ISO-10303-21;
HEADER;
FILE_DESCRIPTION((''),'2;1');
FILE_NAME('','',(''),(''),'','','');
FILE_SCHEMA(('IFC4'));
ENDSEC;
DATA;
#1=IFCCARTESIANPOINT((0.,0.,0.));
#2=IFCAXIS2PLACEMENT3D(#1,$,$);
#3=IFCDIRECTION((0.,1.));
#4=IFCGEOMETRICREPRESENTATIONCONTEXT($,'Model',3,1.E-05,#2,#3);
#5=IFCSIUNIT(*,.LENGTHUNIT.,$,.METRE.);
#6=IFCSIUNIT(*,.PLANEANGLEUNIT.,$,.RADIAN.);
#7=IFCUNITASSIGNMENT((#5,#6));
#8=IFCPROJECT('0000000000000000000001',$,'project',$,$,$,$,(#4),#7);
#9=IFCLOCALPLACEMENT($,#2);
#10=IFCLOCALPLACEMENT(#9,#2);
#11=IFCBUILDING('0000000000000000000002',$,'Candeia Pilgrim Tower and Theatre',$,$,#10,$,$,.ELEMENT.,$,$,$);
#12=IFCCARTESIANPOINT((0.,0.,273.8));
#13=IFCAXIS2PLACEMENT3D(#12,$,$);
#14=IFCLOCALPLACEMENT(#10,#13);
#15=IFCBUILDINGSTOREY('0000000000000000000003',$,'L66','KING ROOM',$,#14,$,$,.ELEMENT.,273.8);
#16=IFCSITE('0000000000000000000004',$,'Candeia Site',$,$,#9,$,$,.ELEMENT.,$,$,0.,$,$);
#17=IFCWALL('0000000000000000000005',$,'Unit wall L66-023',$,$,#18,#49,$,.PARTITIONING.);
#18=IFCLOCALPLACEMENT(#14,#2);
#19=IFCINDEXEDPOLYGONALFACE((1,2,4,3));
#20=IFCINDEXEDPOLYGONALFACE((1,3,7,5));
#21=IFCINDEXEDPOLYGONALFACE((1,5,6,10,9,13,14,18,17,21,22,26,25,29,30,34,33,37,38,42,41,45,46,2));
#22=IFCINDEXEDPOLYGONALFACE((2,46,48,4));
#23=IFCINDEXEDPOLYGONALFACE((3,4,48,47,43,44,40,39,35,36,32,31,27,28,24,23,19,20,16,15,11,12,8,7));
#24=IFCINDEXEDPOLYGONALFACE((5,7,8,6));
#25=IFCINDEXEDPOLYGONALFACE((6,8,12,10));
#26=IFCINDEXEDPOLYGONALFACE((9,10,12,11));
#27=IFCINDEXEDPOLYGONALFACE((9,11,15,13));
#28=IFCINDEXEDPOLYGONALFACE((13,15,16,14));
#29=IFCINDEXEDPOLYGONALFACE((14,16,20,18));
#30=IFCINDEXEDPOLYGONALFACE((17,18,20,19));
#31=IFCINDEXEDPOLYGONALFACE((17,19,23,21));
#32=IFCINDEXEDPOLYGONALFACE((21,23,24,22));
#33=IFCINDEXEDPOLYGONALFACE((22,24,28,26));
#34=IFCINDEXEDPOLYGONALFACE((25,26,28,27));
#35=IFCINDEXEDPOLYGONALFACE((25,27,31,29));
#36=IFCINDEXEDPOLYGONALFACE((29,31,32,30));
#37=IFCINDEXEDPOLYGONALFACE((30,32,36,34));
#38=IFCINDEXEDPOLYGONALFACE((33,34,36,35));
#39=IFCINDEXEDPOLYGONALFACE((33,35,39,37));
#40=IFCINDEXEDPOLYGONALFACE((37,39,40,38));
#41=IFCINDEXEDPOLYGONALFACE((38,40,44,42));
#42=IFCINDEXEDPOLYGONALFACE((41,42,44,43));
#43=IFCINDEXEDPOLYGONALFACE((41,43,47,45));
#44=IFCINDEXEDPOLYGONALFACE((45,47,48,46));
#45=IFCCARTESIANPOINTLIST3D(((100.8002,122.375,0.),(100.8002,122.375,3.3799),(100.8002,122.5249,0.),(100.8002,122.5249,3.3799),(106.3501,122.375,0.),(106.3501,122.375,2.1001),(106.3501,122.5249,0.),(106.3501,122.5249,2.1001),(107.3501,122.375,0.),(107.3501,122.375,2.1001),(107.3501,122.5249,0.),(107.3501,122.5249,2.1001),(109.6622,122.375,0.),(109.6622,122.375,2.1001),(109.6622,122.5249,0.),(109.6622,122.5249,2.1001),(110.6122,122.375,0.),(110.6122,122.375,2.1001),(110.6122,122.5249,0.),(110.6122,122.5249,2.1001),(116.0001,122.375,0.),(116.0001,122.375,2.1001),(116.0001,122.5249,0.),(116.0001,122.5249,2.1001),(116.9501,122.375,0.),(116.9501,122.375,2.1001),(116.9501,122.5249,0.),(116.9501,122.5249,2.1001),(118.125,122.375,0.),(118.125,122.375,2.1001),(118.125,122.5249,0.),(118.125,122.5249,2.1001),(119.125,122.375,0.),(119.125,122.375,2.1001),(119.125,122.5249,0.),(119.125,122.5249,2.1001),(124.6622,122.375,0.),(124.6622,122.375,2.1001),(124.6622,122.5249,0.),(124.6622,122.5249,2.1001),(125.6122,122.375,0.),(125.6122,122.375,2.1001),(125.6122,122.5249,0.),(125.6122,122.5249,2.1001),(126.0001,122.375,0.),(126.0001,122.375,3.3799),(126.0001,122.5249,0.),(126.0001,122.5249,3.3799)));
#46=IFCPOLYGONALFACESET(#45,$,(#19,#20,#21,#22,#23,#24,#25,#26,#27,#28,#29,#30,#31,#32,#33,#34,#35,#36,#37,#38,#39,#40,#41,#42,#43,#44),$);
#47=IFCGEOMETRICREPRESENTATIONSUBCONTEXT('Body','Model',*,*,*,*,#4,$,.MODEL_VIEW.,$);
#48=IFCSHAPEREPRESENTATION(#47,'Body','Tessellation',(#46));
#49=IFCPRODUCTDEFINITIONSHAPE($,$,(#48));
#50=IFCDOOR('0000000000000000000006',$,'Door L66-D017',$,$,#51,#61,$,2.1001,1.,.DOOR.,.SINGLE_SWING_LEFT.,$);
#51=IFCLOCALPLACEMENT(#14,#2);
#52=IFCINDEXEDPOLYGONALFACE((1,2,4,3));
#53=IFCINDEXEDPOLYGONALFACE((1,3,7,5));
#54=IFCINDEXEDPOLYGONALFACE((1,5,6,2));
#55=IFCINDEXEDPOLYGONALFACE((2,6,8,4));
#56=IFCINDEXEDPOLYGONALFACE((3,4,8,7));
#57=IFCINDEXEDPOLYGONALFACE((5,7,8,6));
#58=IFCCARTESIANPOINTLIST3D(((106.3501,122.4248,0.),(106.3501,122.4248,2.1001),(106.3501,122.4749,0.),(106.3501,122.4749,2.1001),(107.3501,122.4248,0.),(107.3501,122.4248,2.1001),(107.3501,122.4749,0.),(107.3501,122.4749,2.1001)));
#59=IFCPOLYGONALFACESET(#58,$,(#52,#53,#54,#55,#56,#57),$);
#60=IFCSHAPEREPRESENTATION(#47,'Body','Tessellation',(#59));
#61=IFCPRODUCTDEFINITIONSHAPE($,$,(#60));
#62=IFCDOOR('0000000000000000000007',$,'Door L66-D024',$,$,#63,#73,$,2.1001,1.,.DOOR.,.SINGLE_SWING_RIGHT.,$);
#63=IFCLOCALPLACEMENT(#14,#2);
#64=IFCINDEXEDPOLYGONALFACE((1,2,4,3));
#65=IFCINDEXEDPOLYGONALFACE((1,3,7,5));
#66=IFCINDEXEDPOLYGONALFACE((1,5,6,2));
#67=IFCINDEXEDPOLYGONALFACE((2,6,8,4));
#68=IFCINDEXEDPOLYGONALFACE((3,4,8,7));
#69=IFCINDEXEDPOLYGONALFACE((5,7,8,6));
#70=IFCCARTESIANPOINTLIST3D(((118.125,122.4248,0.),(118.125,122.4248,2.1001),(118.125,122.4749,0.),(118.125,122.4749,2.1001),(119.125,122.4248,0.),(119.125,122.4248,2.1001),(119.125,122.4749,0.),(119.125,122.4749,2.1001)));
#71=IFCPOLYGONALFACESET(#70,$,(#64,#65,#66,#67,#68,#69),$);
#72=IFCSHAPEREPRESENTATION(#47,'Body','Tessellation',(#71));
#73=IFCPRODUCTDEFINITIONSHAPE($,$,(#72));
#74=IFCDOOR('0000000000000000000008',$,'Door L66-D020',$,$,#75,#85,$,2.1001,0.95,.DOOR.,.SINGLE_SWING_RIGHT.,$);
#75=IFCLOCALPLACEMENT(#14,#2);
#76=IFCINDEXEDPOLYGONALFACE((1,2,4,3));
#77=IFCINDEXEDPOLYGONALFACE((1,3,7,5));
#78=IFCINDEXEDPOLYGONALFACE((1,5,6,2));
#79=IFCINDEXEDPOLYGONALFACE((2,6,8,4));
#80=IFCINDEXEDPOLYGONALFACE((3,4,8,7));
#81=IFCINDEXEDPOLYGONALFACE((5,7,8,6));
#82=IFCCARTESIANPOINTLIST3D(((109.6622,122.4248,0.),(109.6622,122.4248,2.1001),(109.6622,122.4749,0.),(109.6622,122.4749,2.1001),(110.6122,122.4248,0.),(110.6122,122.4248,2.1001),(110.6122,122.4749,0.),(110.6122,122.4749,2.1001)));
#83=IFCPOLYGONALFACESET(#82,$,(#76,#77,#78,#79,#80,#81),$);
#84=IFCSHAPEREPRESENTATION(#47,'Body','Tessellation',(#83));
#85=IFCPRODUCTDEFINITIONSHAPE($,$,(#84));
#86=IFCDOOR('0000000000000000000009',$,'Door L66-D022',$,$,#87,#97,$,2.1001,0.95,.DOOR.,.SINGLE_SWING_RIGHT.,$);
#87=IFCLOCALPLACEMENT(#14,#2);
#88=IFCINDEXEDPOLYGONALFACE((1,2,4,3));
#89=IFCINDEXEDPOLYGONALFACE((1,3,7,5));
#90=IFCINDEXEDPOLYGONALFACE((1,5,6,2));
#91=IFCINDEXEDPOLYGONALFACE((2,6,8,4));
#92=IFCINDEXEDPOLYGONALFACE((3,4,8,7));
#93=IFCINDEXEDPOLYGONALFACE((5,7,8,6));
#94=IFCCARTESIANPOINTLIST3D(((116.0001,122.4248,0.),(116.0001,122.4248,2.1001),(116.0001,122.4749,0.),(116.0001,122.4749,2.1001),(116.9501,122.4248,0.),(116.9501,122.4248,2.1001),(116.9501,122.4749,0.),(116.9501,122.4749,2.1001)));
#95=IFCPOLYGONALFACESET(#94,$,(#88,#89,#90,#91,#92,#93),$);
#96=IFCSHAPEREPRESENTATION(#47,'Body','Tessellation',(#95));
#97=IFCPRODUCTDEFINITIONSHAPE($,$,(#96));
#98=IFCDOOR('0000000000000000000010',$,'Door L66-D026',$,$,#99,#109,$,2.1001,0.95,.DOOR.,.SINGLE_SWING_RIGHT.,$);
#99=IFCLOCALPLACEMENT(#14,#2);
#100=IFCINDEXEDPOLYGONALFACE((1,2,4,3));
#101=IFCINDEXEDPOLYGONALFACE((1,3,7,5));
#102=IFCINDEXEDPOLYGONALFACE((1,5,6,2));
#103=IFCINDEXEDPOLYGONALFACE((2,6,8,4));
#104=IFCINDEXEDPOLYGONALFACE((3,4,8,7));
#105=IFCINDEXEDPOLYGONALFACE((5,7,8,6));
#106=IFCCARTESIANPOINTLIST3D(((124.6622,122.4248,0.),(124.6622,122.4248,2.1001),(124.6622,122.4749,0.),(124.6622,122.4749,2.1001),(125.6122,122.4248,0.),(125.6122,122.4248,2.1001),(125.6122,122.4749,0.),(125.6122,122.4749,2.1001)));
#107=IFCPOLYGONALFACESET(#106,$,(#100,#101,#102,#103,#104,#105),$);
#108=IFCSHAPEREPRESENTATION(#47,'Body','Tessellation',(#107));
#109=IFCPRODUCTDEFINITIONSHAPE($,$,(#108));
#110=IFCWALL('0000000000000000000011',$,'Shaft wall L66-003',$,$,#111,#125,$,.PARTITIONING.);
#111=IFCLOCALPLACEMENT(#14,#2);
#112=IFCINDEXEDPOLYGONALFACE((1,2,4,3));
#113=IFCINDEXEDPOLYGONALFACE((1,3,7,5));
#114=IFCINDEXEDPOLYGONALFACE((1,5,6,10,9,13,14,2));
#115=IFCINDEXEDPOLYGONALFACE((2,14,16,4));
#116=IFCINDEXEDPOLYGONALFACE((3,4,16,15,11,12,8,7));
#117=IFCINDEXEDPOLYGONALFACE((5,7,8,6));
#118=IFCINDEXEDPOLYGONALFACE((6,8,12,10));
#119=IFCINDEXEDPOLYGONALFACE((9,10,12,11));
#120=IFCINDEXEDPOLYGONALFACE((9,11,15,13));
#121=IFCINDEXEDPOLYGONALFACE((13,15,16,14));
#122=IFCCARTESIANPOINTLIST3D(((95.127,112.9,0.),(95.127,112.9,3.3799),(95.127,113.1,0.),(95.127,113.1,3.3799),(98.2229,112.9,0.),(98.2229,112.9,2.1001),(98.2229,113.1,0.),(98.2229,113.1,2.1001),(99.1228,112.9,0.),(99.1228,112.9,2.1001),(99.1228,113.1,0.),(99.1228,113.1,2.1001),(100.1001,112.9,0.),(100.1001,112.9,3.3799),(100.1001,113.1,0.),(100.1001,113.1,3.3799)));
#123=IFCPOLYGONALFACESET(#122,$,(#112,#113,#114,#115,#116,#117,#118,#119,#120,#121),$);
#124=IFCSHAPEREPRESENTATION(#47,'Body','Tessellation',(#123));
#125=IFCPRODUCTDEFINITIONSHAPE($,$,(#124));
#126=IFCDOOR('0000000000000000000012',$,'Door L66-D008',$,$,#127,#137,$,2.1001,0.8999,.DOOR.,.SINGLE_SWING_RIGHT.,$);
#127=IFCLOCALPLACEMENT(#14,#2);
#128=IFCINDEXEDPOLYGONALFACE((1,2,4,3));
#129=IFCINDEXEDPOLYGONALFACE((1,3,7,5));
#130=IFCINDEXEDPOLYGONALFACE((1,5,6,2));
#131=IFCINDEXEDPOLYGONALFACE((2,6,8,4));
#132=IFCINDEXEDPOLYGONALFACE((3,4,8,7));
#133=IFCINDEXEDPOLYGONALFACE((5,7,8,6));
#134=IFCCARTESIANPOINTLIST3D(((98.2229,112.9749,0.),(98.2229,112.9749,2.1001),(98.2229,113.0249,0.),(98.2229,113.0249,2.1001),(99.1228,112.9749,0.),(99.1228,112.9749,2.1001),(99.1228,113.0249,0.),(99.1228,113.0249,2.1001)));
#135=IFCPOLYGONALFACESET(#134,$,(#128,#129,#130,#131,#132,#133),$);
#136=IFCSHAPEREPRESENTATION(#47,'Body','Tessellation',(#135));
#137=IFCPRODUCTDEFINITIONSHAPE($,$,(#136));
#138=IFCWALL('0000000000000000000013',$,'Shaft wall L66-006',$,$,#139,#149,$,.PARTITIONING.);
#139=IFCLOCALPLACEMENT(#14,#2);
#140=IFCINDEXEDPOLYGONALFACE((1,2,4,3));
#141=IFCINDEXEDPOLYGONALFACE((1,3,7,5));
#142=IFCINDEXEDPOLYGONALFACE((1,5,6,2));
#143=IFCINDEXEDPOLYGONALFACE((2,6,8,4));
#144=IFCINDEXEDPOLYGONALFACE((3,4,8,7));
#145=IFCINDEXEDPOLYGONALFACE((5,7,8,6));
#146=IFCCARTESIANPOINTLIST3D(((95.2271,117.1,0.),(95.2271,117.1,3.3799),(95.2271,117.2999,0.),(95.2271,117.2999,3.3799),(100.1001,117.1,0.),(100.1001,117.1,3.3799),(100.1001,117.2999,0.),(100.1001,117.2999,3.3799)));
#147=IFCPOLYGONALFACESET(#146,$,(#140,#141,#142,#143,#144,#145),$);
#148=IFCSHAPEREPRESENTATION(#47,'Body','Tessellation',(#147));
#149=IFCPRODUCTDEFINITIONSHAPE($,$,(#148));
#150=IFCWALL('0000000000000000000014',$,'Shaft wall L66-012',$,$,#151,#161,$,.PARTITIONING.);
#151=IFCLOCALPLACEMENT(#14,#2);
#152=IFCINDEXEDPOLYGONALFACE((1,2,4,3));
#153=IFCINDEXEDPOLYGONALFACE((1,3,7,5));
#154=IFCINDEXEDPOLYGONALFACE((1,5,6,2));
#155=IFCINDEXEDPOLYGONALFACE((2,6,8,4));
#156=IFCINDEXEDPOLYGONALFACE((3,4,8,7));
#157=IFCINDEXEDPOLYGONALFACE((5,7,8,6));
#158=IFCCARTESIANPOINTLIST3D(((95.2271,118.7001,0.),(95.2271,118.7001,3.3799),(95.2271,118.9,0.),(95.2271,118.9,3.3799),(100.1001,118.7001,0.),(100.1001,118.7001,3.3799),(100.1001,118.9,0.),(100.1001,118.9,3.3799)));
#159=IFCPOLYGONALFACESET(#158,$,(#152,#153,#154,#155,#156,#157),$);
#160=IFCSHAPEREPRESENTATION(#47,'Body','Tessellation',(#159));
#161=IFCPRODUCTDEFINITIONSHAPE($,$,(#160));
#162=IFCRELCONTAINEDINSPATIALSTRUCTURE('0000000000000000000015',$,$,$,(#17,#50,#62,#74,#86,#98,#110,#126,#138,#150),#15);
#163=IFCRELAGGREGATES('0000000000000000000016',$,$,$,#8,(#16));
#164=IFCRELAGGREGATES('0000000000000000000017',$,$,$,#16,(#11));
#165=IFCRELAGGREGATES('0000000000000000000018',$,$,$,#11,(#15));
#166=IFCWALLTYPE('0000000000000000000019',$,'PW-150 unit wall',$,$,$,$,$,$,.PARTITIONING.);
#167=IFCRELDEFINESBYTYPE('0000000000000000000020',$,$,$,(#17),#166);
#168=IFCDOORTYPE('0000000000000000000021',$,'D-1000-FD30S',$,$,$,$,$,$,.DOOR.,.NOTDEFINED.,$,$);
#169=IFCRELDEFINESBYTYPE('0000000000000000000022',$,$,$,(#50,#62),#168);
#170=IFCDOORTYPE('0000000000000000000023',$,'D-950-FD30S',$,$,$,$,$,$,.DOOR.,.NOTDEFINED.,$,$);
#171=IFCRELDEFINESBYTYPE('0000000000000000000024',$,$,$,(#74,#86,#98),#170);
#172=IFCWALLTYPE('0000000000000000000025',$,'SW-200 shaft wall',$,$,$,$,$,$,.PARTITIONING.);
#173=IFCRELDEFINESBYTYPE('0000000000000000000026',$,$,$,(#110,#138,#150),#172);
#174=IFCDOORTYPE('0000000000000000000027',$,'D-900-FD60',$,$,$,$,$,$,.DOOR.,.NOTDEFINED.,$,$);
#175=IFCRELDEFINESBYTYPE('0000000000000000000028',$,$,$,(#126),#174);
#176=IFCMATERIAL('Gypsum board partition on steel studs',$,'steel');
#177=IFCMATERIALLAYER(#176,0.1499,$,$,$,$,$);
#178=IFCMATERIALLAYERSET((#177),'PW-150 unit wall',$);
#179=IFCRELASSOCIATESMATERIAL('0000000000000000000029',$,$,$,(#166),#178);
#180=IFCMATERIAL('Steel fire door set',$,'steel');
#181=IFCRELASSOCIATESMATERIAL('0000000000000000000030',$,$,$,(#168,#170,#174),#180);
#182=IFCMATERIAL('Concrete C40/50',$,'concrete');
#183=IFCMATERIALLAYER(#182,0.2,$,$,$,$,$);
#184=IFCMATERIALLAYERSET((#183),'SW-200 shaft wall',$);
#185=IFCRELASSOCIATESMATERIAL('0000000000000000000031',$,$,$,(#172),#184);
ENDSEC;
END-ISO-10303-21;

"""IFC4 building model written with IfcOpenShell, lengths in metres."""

from ifc_helpers import new_model, si_unit, direction, frame, frame_2d, origin, place, context, subcontext, project, spatial, rectangle, extrude, material, layer, layer_set, type_object, element, fill, save


model = new_model("IFC4")

# Units and contexts
model_context = context("Model", 3, precision=1e-05, world=origin(), true_north=direction((0.0, 1.0)))
body_context = subcontext(model_context, "Body", "Model", "MODEL_VIEW")
ifc_project = project(units=[si_unit("LENGTHUNIT", "METRE"), si_unit("PLANEANGLEUNIT", "RADIAN")], contexts=[model_context])

# Site, building, storey
site_placement = place(None, origin())
site = spatial("IfcSite", under=ifc_project, at=site_placement, Name="Candeia Site", CompositionType="ELEMENT", RefElevation=0.0)
building_placement = place(site_placement, origin())
building = spatial("IfcBuilding", under=site, at=building_placement, Name="Candeia Pilgrim Tower and Theatre", CompositionType="ELEMENT")
storey_placement = place(building_placement, frame((0.0, 0.0, 273.8)))
storey = spatial("IfcBuildingStorey", under=building, at=storey_placement, Name="L66", Description="KING ROOM", CompositionType="ELEMENT", Elevation=273.8)

# Shared definitions
ifc_material_1 = material(Name="Concrete C40/50", Category="concrete")

# Shared definitions
ifc_material_2 = material(Name="Gypsum board partition on steel studs", Category="steel")

# Shared definitions
ifc_material_3 = material(Name="Steel fire door set", Category="steel")

# Wall, openings, doors
ifc_layer_1 = layer(ifc_material_2, 0.1499)
ifc_layer_set_1 = layer_set([ifc_layer_1], Name="PW-150 unit wall")
wall_type_1 = type_object("IfcWallType", Name="PW-150 unit wall", PredefinedType="PARTITIONING", material=ifc_layer_set_1)
wall_1_placement = place(storey_placement, frame((100.8, 122.45, 0.0), z_axis=(0.0, 0.0, 1.0), x_axis=(1.0, 0.0, 0.0)))
wall_1 = element("IfcWall", 1, at=wall_1_placement, inside=storey, type_object=wall_type_1, Name="Unit wall L66-023", PredefinedType="PARTITIONING", context=body_context, shape_type="SweptSolid", body=[
    extrude(rectangle(XDim=25.2, YDim=0.1499, at=frame_2d((12.6001, 0.0))), origin(), (0.0, 0.0, 1.0), 3.3799),
])
opening_1_placement = place(wall_1_placement, frame((5.55, 0.0, 0.0)))
opening_1 = element("IfcOpeningElement", 2, at=opening_1_placement, cuts=wall_1, PredefinedType="OPENING", context=body_context, shape_type="SweptSolid", body=[
    extrude(rectangle(XDim=1.0, YDim=2.1001, at=frame_2d((0.5, 1.05))), frame((0.0, 0.085, 0.0), z_axis=(0.0, -1.0, 0.0), x_axis=(1.0, 0.0, 0.0)), (0.0, 0.0, 1.0), 0.1699),
])
opening_2_placement = place(wall_1_placement, frame((8.8621, 0.0, 0.0)))
opening_2 = element("IfcOpeningElement", 3, at=opening_2_placement, cuts=wall_1, PredefinedType="OPENING", context=body_context, shape_type="SweptSolid", body=[
    extrude(rectangle(XDim=0.95, YDim=2.1001, at=frame_2d((0.4751, 1.05))), frame((0.0, 0.085, 0.0), z_axis=(0.0, -1.0, 0.0), x_axis=(1.0, 0.0, 0.0)), (0.0, 0.0, 1.0), 0.1699),
])
opening_3_placement = place(wall_1_placement, frame((15.2, 0.0, 0.0)))
opening_3 = element("IfcOpeningElement", 4, at=opening_3_placement, cuts=wall_1, PredefinedType="OPENING", context=body_context, shape_type="SweptSolid", body=[
    extrude(rectangle(XDim=0.95, YDim=2.1001, at=frame_2d((0.4751, 1.05))), frame((0.0, 0.085, 0.0), z_axis=(0.0, -1.0, 0.0), x_axis=(1.0, 0.0, 0.0)), (0.0, 0.0, 1.0), 0.1699),
])
opening_4_placement = place(wall_1_placement, frame((17.325, 0.0, 0.0)))
opening_4 = element("IfcOpeningElement", 5, at=opening_4_placement, cuts=wall_1, PredefinedType="OPENING", context=body_context, shape_type="SweptSolid", body=[
    extrude(rectangle(XDim=1.0, YDim=2.1001, at=frame_2d((0.5, 1.05))), frame((0.0, 0.085, 0.0), z_axis=(0.0, -1.0, 0.0), x_axis=(1.0, 0.0, 0.0)), (0.0, 0.0, 1.0), 0.1699),
])
opening_5_placement = place(wall_1_placement, frame((23.8621, 0.0, 0.0)))
opening_5 = element("IfcOpeningElement", 6, at=opening_5_placement, cuts=wall_1, PredefinedType="OPENING", context=body_context, shape_type="SweptSolid", body=[
    extrude(rectangle(XDim=0.95, YDim=2.1001, at=frame_2d((0.4751, 1.05))), frame((0.0, 0.085, 0.0), z_axis=(0.0, -1.0, 0.0), x_axis=(1.0, 0.0, 0.0)), (0.0, 0.0, 1.0), 0.1699),
])
door_type_1 = type_object("IfcDoorType", Name="D-1000-FD30S", OperationType="NOTDEFINED", PredefinedType="DOOR", material=ifc_material_3)
door_1_placement = place(opening_1_placement, origin())
door_1 = element("IfcDoor", 7, at=door_1_placement, inside=storey, type_object=door_type_1, Name="Door L66-D017", OperationType="SINGLE_SWING_LEFT", OverallHeight=2.1001, OverallWidth=1.0, PredefinedType="DOOR", context=body_context, shape_type="SweptSolid", body=[
    extrude(rectangle(XDim=1.0, YDim=2.1001, at=frame_2d((0.5, 1.05))), frame((0.0, 0.0249, 0.0), z_axis=(0.0, -1.0, 0.0), x_axis=(1.0, 0.0, 0.0)), (0.0, 0.0, 1.0), 0.05),
])
fill(opening_1, door_1)
door_2_placement = place(opening_4_placement, origin())
door_2 = element("IfcDoor", 8, at=door_2_placement, inside=storey, type_object=door_type_1, Name="Door L66-D024", OperationType="SINGLE_SWING_RIGHT", OverallHeight=2.1001, OverallWidth=1.0, PredefinedType="DOOR", context=body_context, shape_type="SweptSolid", body=[
    extrude(rectangle(XDim=1.0, YDim=2.1001, at=frame_2d((0.5, 1.05))), frame((0.0, 0.0249, 0.0), z_axis=(0.0, -1.0, 0.0), x_axis=(1.0, 0.0, 0.0)), (0.0, 0.0, 1.0), 0.05),
])
fill(opening_4, door_2)
door_type_2 = type_object("IfcDoorType", Name="D-950-FD30S", OperationType="NOTDEFINED", PredefinedType="DOOR", material=ifc_material_3)
door_3_placement = place(opening_2_placement, origin())
door_3 = element("IfcDoor", 9, at=door_3_placement, inside=storey, type_object=door_type_2, Name="Door L66-D020", OperationType="SINGLE_SWING_RIGHT", OverallHeight=2.1001, OverallWidth=0.95, PredefinedType="DOOR", context=body_context, shape_type="SweptSolid", body=[
    extrude(rectangle(XDim=0.95, YDim=2.1001, at=frame_2d((0.4751, 1.05))), frame((0.0, 0.0249, 0.0), z_axis=(0.0, -1.0, 0.0), x_axis=(1.0, 0.0, 0.0)), (0.0, 0.0, 1.0), 0.05),
])
fill(opening_2, door_3)
door_4_placement = place(opening_3_placement, origin())
door_4 = element("IfcDoor", 10, at=door_4_placement, inside=storey, type_object=door_type_2, Name="Door L66-D022", OperationType="SINGLE_SWING_RIGHT", OverallHeight=2.1001, OverallWidth=0.95, PredefinedType="DOOR", context=body_context, shape_type="SweptSolid", body=[
    extrude(rectangle(XDim=0.95, YDim=2.1001, at=frame_2d((0.4751, 1.05))), frame((0.0, 0.0249, 0.0), z_axis=(0.0, -1.0, 0.0), x_axis=(1.0, 0.0, 0.0)), (0.0, 0.0, 1.0), 0.05),
])
fill(opening_3, door_4)
door_5_placement = place(opening_5_placement, origin())
door_5 = element("IfcDoor", 11, at=door_5_placement, inside=storey, type_object=door_type_2, Name="Door L66-D026", OperationType="SINGLE_SWING_RIGHT", OverallHeight=2.1001, OverallWidth=0.95, PredefinedType="DOOR", context=body_context, shape_type="SweptSolid", body=[
    extrude(rectangle(XDim=0.95, YDim=2.1001, at=frame_2d((0.4751, 1.05))), frame((0.0, 0.0249, 0.0), z_axis=(0.0, -1.0, 0.0), x_axis=(1.0, 0.0, 0.0)), (0.0, 0.0, 1.0), 0.05),
])
fill(opening_5, door_5)

# Wall, opening, door
ifc_layer_2 = layer(ifc_material_1, 0.2)
ifc_layer_set_2 = layer_set([ifc_layer_2], Name="SW-200 shaft wall")
wall_type_2 = type_object("IfcWallType", Name="SW-200 shaft wall", PredefinedType="PARTITIONING", material=ifc_layer_set_2)
wall_2_placement = place(storey_placement, frame((95.127, 113.0, 0.0), z_axis=(0.0, 0.0, 1.0), x_axis=(1.0, 0.0, 0.0)))
wall_2 = element("IfcWall", 12, at=wall_2_placement, inside=storey, type_object=wall_type_2, Name="Shaft wall L66-003", PredefinedType="PARTITIONING", context=body_context, shape_type="SweptSolid", body=[
    extrude(rectangle(XDim=4.9731, YDim=0.2, at=frame_2d((2.4866, 0.0))), origin(), (0.0, 0.0, 1.0), 3.3799),
])
opening_6_placement = place(wall_2_placement, frame((3.0959, 0.0, 0.0)))
opening_6 = element("IfcOpeningElement", 13, at=opening_6_placement, cuts=wall_2, PredefinedType="OPENING", context=body_context, shape_type="SweptSolid", body=[
    extrude(rectangle(XDim=0.8999, YDim=2.1001, at=frame_2d((0.45, 1.05))), frame((0.0, 0.1099, 0.0), z_axis=(0.0, -1.0, 0.0), x_axis=(1.0, 0.0, 0.0)), (0.0, 0.0, 1.0), 0.22),
])
door_type_3 = type_object("IfcDoorType", Name="D-900-FD60", OperationType="NOTDEFINED", PredefinedType="DOOR", material=ifc_material_3)
door_6_placement = place(opening_6_placement, origin())
door_6 = element("IfcDoor", 14, at=door_6_placement, inside=storey, type_object=door_type_3, Name="Door L66-D008", OperationType="SINGLE_SWING_RIGHT", OverallHeight=2.1001, OverallWidth=0.8999, PredefinedType="DOOR", context=body_context, shape_type="SweptSolid", body=[
    extrude(rectangle(XDim=0.8999, YDim=2.1001, at=frame_2d((0.45, 1.05))), frame((0.0, 0.0249, 0.0), z_axis=(0.0, -1.0, 0.0), x_axis=(1.0, 0.0, 0.0)), (0.0, 0.0, 1.0), 0.05),
])
fill(opening_6, door_6)

# Walls
for number, where, z_axis, x_axis, name in (
    (15, (95.2271, 117.2, 0.0), (0.0, 0.0, 1.0), (1.0, 0.0, 0.0), "Shaft wall L66-006"),
    (16, (95.2271, 118.8, 0.0), (0.0, 0.0, 1.0), (1.0, 0.0, 0.0), "Shaft wall L66-012"),
):
    element("IfcWall", number, at=place(storey_placement, frame(where, z_axis=z_axis, x_axis=x_axis)), inside=storey, type_object=wall_type_2, Name=name, PredefinedType="PARTITIONING", context=body_context, shape_type="SweptSolid", body=[
        extrude(rectangle(XDim=4.873, YDim=0.2, at=frame_2d((2.4365, 0.0))), origin(), (0.0, 0.0, 1.0), 3.3799),
    ])

save(model, "model.ifc")
